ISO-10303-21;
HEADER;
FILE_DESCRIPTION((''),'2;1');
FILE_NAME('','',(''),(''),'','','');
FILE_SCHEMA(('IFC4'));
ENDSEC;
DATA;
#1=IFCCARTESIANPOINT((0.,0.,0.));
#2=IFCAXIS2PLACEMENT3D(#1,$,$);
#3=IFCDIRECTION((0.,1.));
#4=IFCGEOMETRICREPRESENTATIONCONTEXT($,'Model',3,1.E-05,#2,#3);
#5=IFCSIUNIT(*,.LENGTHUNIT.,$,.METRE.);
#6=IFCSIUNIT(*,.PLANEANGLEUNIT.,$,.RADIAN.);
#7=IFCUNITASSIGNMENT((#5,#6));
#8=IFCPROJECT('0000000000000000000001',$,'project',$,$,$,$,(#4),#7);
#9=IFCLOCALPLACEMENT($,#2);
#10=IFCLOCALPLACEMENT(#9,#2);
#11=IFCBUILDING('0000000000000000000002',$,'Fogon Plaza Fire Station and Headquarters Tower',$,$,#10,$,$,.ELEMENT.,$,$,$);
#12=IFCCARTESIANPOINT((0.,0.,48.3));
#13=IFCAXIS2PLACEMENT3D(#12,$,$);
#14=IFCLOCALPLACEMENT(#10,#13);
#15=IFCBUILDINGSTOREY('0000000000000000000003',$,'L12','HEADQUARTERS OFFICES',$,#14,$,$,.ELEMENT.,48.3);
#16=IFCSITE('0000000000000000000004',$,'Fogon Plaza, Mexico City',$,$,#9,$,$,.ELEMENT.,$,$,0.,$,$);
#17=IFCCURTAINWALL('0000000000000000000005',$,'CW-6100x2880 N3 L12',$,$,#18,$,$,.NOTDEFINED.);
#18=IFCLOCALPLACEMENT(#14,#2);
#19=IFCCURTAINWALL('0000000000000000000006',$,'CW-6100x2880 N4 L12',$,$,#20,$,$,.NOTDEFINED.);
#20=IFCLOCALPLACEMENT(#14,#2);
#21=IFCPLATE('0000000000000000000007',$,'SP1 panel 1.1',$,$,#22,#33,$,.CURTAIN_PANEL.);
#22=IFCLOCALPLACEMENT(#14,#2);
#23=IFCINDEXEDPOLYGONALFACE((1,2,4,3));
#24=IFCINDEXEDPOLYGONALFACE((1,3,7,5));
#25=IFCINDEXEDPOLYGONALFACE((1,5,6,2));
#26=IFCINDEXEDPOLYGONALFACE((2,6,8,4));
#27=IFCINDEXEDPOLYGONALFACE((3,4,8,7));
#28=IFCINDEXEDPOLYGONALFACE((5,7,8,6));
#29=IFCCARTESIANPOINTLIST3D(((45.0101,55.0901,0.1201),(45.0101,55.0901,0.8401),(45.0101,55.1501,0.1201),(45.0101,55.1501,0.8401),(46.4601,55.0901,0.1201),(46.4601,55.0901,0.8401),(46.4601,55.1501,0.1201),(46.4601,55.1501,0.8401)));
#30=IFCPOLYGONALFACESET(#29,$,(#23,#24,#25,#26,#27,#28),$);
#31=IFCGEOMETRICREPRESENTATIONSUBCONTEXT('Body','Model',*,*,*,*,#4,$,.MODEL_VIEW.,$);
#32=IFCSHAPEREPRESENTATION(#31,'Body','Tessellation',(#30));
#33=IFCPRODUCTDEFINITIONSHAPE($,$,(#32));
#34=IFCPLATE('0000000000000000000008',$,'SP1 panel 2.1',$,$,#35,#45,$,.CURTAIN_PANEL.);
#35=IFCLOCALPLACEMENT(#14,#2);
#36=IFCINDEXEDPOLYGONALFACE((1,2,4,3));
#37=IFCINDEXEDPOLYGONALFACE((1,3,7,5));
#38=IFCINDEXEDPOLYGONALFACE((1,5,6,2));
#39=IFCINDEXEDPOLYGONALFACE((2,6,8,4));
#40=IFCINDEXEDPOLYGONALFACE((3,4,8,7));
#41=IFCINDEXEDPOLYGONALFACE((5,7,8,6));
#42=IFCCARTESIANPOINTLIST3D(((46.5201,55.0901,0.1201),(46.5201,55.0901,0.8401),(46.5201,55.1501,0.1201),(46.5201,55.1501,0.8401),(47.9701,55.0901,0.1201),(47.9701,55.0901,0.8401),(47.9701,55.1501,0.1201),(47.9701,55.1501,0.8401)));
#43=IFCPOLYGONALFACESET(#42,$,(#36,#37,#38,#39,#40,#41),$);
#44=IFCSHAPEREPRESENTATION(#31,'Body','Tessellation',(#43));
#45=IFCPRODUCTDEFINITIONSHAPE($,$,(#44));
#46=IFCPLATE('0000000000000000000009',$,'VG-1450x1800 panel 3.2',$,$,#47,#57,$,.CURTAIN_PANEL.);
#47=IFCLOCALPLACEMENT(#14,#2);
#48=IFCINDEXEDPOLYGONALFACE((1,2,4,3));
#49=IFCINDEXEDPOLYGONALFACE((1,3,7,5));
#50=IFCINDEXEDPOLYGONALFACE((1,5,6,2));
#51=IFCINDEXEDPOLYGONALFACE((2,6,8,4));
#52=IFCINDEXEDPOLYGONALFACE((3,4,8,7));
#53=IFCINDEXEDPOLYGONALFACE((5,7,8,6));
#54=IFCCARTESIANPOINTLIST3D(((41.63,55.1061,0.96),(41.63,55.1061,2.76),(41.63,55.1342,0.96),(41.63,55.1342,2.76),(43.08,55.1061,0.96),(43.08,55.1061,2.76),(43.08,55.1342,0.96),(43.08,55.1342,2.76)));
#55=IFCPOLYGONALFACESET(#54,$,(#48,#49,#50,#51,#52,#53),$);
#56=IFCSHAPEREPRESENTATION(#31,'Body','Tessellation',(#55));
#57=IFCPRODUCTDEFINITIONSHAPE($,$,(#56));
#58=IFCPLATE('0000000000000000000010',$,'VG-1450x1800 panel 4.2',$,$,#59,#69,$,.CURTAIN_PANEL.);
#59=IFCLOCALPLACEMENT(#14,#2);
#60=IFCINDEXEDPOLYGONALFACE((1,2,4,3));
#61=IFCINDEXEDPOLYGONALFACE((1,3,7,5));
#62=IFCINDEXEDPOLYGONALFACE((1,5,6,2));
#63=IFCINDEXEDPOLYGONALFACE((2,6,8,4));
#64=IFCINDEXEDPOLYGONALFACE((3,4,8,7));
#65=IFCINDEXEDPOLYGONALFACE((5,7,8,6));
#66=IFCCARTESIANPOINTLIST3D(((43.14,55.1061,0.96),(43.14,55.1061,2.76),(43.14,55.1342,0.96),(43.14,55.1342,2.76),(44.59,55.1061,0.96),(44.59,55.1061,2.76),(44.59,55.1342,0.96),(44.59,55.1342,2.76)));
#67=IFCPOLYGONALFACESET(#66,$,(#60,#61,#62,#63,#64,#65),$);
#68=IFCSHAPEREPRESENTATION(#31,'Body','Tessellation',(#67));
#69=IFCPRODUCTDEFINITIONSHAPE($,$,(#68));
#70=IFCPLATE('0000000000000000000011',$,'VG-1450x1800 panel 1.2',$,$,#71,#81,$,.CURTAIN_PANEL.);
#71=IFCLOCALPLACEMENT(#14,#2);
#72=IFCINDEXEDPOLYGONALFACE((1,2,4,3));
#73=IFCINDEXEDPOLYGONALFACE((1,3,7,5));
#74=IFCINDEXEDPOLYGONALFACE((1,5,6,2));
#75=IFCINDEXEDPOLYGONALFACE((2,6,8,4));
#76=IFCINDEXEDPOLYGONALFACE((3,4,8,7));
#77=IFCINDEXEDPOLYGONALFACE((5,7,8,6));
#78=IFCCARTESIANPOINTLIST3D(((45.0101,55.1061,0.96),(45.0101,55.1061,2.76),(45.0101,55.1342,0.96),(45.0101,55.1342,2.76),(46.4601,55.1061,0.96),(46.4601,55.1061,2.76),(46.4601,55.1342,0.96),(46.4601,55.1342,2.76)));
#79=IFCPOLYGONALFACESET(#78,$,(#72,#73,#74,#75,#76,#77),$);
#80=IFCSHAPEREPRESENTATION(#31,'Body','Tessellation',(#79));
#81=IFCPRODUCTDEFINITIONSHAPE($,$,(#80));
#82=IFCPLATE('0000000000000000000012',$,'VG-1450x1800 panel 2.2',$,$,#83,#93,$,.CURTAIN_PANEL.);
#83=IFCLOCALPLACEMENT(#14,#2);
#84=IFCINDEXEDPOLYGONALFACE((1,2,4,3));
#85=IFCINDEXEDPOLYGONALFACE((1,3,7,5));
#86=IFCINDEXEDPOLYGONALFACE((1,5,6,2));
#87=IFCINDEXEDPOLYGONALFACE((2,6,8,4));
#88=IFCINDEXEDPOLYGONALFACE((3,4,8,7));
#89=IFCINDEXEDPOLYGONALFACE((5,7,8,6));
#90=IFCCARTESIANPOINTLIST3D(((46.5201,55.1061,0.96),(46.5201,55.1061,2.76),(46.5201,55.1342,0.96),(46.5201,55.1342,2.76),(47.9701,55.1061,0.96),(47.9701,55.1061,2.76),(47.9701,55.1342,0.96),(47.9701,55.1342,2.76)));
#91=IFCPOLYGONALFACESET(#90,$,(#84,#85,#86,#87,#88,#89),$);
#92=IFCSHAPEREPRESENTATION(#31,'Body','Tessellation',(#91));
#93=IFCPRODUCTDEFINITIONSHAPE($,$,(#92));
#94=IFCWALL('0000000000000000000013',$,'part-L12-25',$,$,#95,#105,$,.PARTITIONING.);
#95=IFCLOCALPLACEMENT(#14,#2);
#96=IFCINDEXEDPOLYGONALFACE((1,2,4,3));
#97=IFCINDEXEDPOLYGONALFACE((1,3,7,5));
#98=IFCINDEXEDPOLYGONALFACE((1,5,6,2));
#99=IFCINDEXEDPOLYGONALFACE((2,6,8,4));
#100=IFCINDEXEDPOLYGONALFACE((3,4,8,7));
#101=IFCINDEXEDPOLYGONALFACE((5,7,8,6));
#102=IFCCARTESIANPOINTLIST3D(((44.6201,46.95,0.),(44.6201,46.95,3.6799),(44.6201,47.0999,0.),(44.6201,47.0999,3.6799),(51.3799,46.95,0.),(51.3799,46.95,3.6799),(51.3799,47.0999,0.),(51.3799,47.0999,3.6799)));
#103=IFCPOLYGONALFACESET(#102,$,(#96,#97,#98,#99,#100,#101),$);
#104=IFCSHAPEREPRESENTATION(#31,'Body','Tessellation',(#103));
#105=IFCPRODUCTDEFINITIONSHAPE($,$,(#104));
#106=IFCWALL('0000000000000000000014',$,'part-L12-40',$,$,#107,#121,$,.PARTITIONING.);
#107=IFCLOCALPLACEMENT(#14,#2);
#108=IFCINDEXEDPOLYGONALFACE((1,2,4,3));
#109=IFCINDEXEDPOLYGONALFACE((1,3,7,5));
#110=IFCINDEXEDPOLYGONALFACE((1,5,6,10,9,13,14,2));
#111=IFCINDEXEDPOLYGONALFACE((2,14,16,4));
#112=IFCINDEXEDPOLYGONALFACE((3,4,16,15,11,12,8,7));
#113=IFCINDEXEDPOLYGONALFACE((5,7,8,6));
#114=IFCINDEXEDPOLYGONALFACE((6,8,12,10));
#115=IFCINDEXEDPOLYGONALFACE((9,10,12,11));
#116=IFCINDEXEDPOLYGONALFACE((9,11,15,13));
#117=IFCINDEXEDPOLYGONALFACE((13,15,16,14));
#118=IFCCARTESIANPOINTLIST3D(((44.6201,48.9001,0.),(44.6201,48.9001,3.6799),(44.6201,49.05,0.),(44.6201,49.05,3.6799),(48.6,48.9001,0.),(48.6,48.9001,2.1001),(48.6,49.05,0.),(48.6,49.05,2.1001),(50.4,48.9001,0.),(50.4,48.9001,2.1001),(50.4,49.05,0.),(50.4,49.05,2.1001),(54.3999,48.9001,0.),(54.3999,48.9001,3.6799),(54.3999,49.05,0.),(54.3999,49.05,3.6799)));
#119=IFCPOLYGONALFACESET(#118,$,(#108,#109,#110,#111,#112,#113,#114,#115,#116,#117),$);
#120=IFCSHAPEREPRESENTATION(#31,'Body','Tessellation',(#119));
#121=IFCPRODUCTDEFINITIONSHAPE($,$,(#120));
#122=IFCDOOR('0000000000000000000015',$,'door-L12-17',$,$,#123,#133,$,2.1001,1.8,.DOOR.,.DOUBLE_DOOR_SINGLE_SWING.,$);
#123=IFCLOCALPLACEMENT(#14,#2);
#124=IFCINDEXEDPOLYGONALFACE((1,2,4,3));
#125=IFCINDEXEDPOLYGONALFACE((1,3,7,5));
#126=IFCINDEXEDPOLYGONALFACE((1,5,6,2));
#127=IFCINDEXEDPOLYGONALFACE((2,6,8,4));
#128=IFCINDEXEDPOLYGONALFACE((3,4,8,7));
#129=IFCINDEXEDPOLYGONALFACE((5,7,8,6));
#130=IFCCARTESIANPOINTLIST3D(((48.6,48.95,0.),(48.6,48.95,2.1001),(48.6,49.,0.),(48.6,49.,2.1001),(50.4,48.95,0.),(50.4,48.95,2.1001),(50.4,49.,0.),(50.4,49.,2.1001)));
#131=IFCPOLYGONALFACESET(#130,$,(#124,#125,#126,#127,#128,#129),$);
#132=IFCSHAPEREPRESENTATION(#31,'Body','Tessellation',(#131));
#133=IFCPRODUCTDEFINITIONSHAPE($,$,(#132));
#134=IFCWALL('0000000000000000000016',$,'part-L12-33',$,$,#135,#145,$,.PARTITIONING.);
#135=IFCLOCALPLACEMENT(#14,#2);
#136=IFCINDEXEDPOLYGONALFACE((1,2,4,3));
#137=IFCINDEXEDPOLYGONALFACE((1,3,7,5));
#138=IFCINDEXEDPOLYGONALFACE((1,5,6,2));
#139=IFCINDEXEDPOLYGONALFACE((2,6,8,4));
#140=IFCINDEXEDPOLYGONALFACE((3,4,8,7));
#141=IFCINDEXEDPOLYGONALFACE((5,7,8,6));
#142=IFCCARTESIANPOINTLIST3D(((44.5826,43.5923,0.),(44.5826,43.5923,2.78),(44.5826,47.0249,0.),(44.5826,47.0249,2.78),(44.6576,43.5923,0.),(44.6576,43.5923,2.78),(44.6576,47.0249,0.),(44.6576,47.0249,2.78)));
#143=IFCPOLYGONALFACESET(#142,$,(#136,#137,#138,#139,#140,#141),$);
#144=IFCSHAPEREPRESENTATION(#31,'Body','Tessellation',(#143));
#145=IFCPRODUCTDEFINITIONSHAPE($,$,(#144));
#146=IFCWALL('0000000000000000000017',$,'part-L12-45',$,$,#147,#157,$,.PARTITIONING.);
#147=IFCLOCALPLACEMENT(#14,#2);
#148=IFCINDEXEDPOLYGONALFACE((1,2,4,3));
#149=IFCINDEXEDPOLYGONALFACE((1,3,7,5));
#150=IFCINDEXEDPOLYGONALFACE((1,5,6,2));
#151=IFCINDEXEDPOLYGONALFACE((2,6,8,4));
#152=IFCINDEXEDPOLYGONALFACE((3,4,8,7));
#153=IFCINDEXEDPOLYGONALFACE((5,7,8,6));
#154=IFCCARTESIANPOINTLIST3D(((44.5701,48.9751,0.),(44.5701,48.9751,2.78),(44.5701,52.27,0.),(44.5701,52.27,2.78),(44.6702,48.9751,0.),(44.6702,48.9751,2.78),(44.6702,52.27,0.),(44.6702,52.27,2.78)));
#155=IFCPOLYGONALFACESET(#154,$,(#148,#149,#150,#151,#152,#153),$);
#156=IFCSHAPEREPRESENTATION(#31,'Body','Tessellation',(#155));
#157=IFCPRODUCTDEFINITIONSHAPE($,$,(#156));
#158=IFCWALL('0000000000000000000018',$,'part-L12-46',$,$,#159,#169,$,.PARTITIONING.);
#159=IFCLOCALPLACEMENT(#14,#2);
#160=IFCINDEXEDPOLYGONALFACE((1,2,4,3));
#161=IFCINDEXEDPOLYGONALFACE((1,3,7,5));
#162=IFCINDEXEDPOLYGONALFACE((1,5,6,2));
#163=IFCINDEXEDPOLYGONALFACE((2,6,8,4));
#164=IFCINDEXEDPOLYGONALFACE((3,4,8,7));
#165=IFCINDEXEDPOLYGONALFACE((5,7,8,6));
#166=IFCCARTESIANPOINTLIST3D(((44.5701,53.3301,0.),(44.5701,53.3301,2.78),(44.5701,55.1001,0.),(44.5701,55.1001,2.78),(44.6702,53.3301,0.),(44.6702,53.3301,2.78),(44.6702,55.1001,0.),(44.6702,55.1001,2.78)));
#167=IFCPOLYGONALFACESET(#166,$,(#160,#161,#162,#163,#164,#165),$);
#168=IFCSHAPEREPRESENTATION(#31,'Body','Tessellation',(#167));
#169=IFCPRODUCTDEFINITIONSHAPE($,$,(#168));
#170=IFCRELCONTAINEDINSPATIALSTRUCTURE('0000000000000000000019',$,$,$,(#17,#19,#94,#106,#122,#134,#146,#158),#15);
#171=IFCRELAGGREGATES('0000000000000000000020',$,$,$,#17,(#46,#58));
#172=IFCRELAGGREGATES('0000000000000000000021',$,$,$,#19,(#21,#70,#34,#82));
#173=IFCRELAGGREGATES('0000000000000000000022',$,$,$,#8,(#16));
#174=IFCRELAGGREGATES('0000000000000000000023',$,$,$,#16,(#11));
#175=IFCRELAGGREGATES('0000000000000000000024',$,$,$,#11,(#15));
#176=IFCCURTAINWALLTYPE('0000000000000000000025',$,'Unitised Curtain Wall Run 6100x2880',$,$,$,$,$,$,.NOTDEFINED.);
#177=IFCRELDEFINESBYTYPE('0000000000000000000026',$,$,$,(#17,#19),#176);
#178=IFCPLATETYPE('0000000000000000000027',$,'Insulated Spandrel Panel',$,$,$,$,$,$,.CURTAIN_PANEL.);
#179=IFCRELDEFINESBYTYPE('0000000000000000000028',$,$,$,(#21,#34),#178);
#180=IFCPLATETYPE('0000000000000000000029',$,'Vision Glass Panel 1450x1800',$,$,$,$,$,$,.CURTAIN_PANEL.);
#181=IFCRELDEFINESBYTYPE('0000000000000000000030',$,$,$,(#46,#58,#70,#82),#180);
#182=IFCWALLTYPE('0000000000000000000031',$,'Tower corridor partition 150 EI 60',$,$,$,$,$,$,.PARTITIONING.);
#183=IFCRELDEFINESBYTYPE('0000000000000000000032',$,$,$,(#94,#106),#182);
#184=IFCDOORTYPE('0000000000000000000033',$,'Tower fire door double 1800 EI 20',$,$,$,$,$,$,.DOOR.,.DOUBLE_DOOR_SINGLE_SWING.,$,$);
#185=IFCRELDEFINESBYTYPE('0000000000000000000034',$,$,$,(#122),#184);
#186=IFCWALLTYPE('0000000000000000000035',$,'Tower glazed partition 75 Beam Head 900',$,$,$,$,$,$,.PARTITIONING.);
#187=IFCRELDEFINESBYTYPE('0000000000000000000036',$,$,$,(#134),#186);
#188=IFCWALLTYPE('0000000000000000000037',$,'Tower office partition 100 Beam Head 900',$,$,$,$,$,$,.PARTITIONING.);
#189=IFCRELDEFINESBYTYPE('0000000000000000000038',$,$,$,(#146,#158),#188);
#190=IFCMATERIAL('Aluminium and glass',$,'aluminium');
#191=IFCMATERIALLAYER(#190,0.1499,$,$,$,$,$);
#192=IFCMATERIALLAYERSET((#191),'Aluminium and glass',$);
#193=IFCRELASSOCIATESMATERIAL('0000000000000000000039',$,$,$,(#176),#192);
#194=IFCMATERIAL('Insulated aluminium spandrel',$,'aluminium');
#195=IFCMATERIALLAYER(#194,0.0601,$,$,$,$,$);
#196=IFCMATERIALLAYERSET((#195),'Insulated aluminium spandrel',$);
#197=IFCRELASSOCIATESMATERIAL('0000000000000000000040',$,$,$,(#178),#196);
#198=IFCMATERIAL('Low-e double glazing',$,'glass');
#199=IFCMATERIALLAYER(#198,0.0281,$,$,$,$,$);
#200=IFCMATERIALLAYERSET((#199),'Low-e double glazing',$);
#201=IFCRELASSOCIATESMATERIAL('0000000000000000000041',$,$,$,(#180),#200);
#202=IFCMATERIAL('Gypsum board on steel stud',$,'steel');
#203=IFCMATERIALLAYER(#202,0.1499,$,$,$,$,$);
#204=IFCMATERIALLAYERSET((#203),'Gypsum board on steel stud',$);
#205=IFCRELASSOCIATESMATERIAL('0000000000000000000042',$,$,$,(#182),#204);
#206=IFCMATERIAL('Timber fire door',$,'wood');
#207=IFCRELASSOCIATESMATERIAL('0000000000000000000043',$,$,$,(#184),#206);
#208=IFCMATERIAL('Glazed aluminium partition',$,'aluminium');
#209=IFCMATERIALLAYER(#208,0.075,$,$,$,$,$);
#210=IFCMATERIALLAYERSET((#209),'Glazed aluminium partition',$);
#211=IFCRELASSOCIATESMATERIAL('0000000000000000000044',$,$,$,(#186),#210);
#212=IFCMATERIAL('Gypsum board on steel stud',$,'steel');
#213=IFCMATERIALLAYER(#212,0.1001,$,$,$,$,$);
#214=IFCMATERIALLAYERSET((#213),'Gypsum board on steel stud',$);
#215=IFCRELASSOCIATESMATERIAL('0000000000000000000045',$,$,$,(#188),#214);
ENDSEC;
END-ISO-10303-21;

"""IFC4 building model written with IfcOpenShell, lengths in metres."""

from ifc_helpers import new_model, si_unit, direction, frame, frame_2d, origin, origin_2d, place, context, subcontext, project, spatial, rectangle, extrude, material, layer, layer_set, type_object, element, fill, aggregate, save


model = new_model("IFC4")

# Units and contexts
model_context = context("Model", 3, precision=1e-05, world=origin(), true_north=direction((0.0, 1.0)))
body_context = subcontext(model_context, "Body", "Model", "MODEL_VIEW")
ifc_project = project(units=[si_unit("LENGTHUNIT", "METRE"), si_unit("PLANEANGLEUNIT", "RADIAN")], contexts=[model_context])

# Site, building, storey
site_placement = place(None, origin())
site = spatial("IfcSite", under=ifc_project, at=site_placement, Name="Fogon Plaza, Mexico City", CompositionType="ELEMENT", RefElevation=0.0)
building_placement = place(site_placement, origin())
building = spatial("IfcBuilding", under=site, at=building_placement, Name="Fogon Plaza Fire Station and Headquarters Tower", CompositionType="ELEMENT")
storey_placement = place(building_placement, frame((0.0, 0.0, 48.3)))
storey = spatial("IfcBuildingStorey", under=building, at=storey_placement, Name="L12", Description="HEADQUARTERS OFFICES", CompositionType="ELEMENT", Elevation=48.3)

# Curtain walls
ifc_material_1 = material(Name="Aluminium and glass", Category="aluminium")
ifc_layer_1 = layer(ifc_material_1, 0.1499)
ifc_layer_set_1 = layer_set([ifc_layer_1], Name="Aluminium and glass")
curtain_wall_type = type_object("IfcCurtainWallType", Name="Unitised Curtain Wall Run 6100x2880", PredefinedType="NOTDEFINED", material=ifc_layer_set_1)
curtain_wall_1_placement = place(storey_placement, origin())
curtain_wall_1 = element("IfcCurtainWall", 1, at=curtain_wall_1_placement, inside=storey, type_object=curtain_wall_type, Name="CW-6100x2880 N3 L12", PredefinedType="NOTDEFINED")
curtain_wall_2_placement = place(storey_placement, origin())
curtain_wall_2 = element("IfcCurtainWall", 2, at=curtain_wall_2_placement, inside=storey, type_object=curtain_wall_type, Name="CW-6100x2880 N4 L12", PredefinedType="NOTDEFINED")

# Plates
ifc_material_2 = material(Name="Insulated aluminium spandrel", Category="aluminium")
ifc_layer_2 = layer(ifc_material_2, 0.0601)
ifc_layer_set_2 = layer_set([ifc_layer_2], Name="Insulated aluminium spandrel")
plate_type_1 = type_object("IfcPlateType", Name="Insulated Spandrel Panel", PredefinedType="CURTAIN_PANEL", material=ifc_layer_set_2)
plate_1_placement = place(storey_placement, frame((45.7351, 55.1201, 0.1201), z_axis=(0.0, 0.0, 1.0), x_axis=(1.0, 0.0, 0.0)))
plate_1 = element("IfcPlate", 3, at=plate_1_placement, type_object=plate_type_1, Name="SP1 panel 1.1", PredefinedType="CURTAIN_PANEL", context=body_context, shape_type="SweptSolid", body=[
    extrude(rectangle(XDim=1.45, YDim=0.0601, at=origin_2d()), origin(), (0.0, 0.0, 1.0), 0.72),
])
plate_2_placement = place(storey_placement, frame((47.2451, 55.1201, 0.1201), z_axis=(0.0, 0.0, 1.0), x_axis=(1.0, 0.0, 0.0)))
plate_2 = element("IfcPlate", 4, at=plate_2_placement, type_object=plate_type_1, Name="SP1 panel 2.1", PredefinedType="CURTAIN_PANEL", context=body_context, shape_type="SweptSolid", body=[
    extrude(rectangle(XDim=1.45, YDim=0.0601, at=origin_2d()), origin(), (0.0, 0.0, 1.0), 0.72),
])
ifc_material_3 = material(Name="Low-e double glazing", Category="glass")
ifc_layer_3 = layer(ifc_material_3, 0.0281)
ifc_layer_set_3 = layer_set([ifc_layer_3], Name="Low-e double glazing")
plate_type_2 = type_object("IfcPlateType", Name="Vision Glass Panel 1450x1800", PredefinedType="CURTAIN_PANEL", material=ifc_layer_set_3)
plate_3_placement = place(storey_placement, frame((42.355, 55.1201, 0.96), z_axis=(0.0, 0.0, 1.0), x_axis=(1.0, 0.0, 0.0)))
plate_3 = element("IfcPlate", 5, at=plate_3_placement, type_object=plate_type_2, Name="VG-1450x1800 panel 3.2", PredefinedType="CURTAIN_PANEL", context=body_context, shape_type="SweptSolid", body=[
    extrude(rectangle(XDim=1.45, YDim=0.0281, at=origin_2d()), origin(), (0.0, 0.0, 1.0), 1.8),
])
plate_4_placement = place(storey_placement, frame((43.865, 55.1201, 0.96), z_axis=(0.0, 0.0, 1.0), x_axis=(1.0, 0.0, 0.0)))
plate_4 = element("IfcPlate", 6, at=plate_4_placement, type_object=plate_type_2, Name="VG-1450x1800 panel 4.2", PredefinedType="CURTAIN_PANEL", context=body_context, shape_type="SweptSolid", body=[
    extrude(rectangle(XDim=1.45, YDim=0.0281, at=origin_2d()), origin(), (0.0, 0.0, 1.0), 1.8),
])
aggregate(curtain_wall_1, [plate_3, plate_4])
plate_5_placement = place(storey_placement, frame((45.7351, 55.1201, 0.96), z_axis=(0.0, 0.0, 1.0), x_axis=(1.0, 0.0, 0.0)))
plate_5 = element("IfcPlate", 7, at=plate_5_placement, type_object=plate_type_2, Name="VG-1450x1800 panel 1.2", PredefinedType="CURTAIN_PANEL", context=body_context, shape_type="SweptSolid", body=[
    extrude(rectangle(XDim=1.45, YDim=0.0281, at=origin_2d()), origin(), (0.0, 0.0, 1.0), 1.8),
])
plate_6_placement = place(storey_placement, frame((47.2451, 55.1201, 0.96), z_axis=(0.0, 0.0, 1.0), x_axis=(1.0, 0.0, 0.0)))
plate_6 = element("IfcPlate", 8, at=plate_6_placement, type_object=plate_type_2, Name="VG-1450x1800 panel 2.2", PredefinedType="CURTAIN_PANEL", context=body_context, shape_type="SweptSolid", body=[
    extrude(rectangle(XDim=1.45, YDim=0.0281, at=origin_2d()), origin(), (0.0, 0.0, 1.0), 1.8),
])
aggregate(curtain_wall_2, [plate_1, plate_5, plate_2, plate_6])

# Wall
ifc_material_4 = material(Name="Gypsum board on steel stud", Category="steel")
ifc_layer_4 = layer(ifc_material_4, 0.1499)
ifc_layer_set_4 = layer_set([ifc_layer_4], Name="Gypsum board on steel stud")
wall_type_1 = type_object("IfcWallType", Name="Tower corridor partition 150 EI 60", PredefinedType="PARTITIONING", material=ifc_layer_set_4)
wall_1_placement = place(storey_placement, frame((44.6201, 47.0249, 0.0), z_axis=(0.0, 0.0, 1.0), x_axis=(1.0, 0.0, 0.0)))
element("IfcWall", 9, at=wall_1_placement, inside=storey, type_object=wall_type_1, Name="part-L12-25", PredefinedType="PARTITIONING", context=body_context, shape_type="SweptSolid", body=[
    extrude(rectangle(XDim=6.7598, YDim=0.1499, at=frame_2d((3.3799, 0.0))), origin(), (0.0, 0.0, 1.0), 3.6799),
])

# Wall, opening, door
wall_2_placement = place(storey_placement, frame((44.6201, 48.9751, 0.0), z_axis=(0.0, 0.0, 1.0), x_axis=(1.0, 0.0, 0.0)))
wall_2 = element("IfcWall", 10, at=wall_2_placement, inside=storey, type_object=wall_type_1, Name="part-L12-40", PredefinedType="PARTITIONING", context=body_context, shape_type="SweptSolid", body=[
    extrude(rectangle(XDim=9.7798, YDim=0.1499, at=frame_2d((4.8899, 0.0))), origin(), (0.0, 0.0, 1.0), 3.6799),
])
opening_placement = place(wall_2_placement, frame((3.98, 0.0, 0.0)))
opening = element("IfcOpeningElement", 11, at=opening_placement, cuts=wall_2, PredefinedType="OPENING", context=body_context, shape_type="SweptSolid", body=[
    extrude(rectangle(XDim=1.8, YDim=2.1001, at=frame_2d((0.8999, 1.05))), frame((0.0, 0.085, 0.0), z_axis=(0.0, -1.0, 0.0), x_axis=(1.0, 0.0, 0.0)), (0.0, 0.0, 1.0), 0.1699),
])
ifc_material_5 = material(Name="Timber fire door", Category="wood")
door_type = type_object("IfcDoorType", Name="Tower fire door double 1800 EI 20", OperationType="DOUBLE_DOOR_SINGLE_SWING", PredefinedType="DOOR", material=ifc_material_5)
door_placement = place(opening_placement, origin())
door = element("IfcDoor", 12, at=door_placement, inside=storey, type_object=door_type, Name="door-L12-17", OperationType="DOUBLE_DOOR_SINGLE_SWING", OverallHeight=2.1001, OverallWidth=1.8, PredefinedType="DOOR", context=body_context, shape_type="SweptSolid", body=[
    extrude(rectangle(XDim=1.8, YDim=2.1001, at=frame_2d((0.8999, 1.05))), frame((0.0, 0.0249, 0.0), z_axis=(0.0, -1.0, 0.0), x_axis=(1.0, 0.0, 0.0)), (0.0, 0.0, 1.0), 0.05),
])
fill(opening, door)

# Walls
ifc_material_6 = material(Name="Glazed aluminium partition", Category="aluminium")
ifc_layer_5 = layer(ifc_material_6, 0.075)
ifc_layer_set_5 = layer_set([ifc_layer_5], Name="Glazed aluminium partition")
wall_type_2 = type_object("IfcWallType", Name="Tower glazed partition 75 Beam Head 900", PredefinedType="PARTITIONING", material=ifc_layer_set_5)
wall_3_placement = place(storey_placement, frame((44.6201, 43.5923, 0.0), z_axis=(0.0, 0.0, 1.0), x_axis=(0.0, 1.0, 0.0)))
element("IfcWall", 13, at=wall_3_placement, inside=storey, type_object=wall_type_2, Name="part-L12-33", PredefinedType="PARTITIONING", context=body_context, shape_type="SweptSolid", body=[
    extrude(rectangle(XDim=3.4326, YDim=0.075, at=frame_2d((1.7163, 0.0))), origin(), (0.0, 0.0, 1.0), 2.78),
])
ifc_material_7 = material(Name="Gypsum board on steel stud", Category="steel")
ifc_layer_6 = layer(ifc_material_7, 0.1001)
ifc_layer_set_6 = layer_set([ifc_layer_6], Name="Gypsum board on steel stud")
wall_type_3 = type_object("IfcWallType", Name="Tower office partition 100 Beam Head 900", PredefinedType="PARTITIONING", material=ifc_layer_set_6)
wall_4_placement = place(storey_placement, frame((44.6201, 48.9751, 0.0), z_axis=(0.0, 0.0, 1.0), x_axis=(0.0, 1.0, 0.0)))
element("IfcWall", 14, at=wall_4_placement, inside=storey, type_object=wall_type_3, Name="part-L12-45", PredefinedType="PARTITIONING", context=body_context, shape_type="SweptSolid", body=[
    extrude(rectangle(XDim=3.2949, YDim=0.1001, at=frame_2d((1.6475, 0.0))), origin(), (0.0, 0.0, 1.0), 2.78),
])
wall_5_placement = place(storey_placement, frame((44.6201, 53.3301, 0.0), z_axis=(0.0, 0.0, 1.0), x_axis=(0.0, 1.0, 0.0)))
element("IfcWall", 15, at=wall_5_placement, inside=storey, type_object=wall_type_3, Name="part-L12-46", PredefinedType="PARTITIONING", context=body_context, shape_type="SweptSolid", body=[
    extrude(rectangle(XDim=1.77, YDim=0.1001, at=frame_2d((0.885, 0.0))), origin(), (0.0, 0.0, 1.0), 2.78),
])

save(model, "model.ifc")
